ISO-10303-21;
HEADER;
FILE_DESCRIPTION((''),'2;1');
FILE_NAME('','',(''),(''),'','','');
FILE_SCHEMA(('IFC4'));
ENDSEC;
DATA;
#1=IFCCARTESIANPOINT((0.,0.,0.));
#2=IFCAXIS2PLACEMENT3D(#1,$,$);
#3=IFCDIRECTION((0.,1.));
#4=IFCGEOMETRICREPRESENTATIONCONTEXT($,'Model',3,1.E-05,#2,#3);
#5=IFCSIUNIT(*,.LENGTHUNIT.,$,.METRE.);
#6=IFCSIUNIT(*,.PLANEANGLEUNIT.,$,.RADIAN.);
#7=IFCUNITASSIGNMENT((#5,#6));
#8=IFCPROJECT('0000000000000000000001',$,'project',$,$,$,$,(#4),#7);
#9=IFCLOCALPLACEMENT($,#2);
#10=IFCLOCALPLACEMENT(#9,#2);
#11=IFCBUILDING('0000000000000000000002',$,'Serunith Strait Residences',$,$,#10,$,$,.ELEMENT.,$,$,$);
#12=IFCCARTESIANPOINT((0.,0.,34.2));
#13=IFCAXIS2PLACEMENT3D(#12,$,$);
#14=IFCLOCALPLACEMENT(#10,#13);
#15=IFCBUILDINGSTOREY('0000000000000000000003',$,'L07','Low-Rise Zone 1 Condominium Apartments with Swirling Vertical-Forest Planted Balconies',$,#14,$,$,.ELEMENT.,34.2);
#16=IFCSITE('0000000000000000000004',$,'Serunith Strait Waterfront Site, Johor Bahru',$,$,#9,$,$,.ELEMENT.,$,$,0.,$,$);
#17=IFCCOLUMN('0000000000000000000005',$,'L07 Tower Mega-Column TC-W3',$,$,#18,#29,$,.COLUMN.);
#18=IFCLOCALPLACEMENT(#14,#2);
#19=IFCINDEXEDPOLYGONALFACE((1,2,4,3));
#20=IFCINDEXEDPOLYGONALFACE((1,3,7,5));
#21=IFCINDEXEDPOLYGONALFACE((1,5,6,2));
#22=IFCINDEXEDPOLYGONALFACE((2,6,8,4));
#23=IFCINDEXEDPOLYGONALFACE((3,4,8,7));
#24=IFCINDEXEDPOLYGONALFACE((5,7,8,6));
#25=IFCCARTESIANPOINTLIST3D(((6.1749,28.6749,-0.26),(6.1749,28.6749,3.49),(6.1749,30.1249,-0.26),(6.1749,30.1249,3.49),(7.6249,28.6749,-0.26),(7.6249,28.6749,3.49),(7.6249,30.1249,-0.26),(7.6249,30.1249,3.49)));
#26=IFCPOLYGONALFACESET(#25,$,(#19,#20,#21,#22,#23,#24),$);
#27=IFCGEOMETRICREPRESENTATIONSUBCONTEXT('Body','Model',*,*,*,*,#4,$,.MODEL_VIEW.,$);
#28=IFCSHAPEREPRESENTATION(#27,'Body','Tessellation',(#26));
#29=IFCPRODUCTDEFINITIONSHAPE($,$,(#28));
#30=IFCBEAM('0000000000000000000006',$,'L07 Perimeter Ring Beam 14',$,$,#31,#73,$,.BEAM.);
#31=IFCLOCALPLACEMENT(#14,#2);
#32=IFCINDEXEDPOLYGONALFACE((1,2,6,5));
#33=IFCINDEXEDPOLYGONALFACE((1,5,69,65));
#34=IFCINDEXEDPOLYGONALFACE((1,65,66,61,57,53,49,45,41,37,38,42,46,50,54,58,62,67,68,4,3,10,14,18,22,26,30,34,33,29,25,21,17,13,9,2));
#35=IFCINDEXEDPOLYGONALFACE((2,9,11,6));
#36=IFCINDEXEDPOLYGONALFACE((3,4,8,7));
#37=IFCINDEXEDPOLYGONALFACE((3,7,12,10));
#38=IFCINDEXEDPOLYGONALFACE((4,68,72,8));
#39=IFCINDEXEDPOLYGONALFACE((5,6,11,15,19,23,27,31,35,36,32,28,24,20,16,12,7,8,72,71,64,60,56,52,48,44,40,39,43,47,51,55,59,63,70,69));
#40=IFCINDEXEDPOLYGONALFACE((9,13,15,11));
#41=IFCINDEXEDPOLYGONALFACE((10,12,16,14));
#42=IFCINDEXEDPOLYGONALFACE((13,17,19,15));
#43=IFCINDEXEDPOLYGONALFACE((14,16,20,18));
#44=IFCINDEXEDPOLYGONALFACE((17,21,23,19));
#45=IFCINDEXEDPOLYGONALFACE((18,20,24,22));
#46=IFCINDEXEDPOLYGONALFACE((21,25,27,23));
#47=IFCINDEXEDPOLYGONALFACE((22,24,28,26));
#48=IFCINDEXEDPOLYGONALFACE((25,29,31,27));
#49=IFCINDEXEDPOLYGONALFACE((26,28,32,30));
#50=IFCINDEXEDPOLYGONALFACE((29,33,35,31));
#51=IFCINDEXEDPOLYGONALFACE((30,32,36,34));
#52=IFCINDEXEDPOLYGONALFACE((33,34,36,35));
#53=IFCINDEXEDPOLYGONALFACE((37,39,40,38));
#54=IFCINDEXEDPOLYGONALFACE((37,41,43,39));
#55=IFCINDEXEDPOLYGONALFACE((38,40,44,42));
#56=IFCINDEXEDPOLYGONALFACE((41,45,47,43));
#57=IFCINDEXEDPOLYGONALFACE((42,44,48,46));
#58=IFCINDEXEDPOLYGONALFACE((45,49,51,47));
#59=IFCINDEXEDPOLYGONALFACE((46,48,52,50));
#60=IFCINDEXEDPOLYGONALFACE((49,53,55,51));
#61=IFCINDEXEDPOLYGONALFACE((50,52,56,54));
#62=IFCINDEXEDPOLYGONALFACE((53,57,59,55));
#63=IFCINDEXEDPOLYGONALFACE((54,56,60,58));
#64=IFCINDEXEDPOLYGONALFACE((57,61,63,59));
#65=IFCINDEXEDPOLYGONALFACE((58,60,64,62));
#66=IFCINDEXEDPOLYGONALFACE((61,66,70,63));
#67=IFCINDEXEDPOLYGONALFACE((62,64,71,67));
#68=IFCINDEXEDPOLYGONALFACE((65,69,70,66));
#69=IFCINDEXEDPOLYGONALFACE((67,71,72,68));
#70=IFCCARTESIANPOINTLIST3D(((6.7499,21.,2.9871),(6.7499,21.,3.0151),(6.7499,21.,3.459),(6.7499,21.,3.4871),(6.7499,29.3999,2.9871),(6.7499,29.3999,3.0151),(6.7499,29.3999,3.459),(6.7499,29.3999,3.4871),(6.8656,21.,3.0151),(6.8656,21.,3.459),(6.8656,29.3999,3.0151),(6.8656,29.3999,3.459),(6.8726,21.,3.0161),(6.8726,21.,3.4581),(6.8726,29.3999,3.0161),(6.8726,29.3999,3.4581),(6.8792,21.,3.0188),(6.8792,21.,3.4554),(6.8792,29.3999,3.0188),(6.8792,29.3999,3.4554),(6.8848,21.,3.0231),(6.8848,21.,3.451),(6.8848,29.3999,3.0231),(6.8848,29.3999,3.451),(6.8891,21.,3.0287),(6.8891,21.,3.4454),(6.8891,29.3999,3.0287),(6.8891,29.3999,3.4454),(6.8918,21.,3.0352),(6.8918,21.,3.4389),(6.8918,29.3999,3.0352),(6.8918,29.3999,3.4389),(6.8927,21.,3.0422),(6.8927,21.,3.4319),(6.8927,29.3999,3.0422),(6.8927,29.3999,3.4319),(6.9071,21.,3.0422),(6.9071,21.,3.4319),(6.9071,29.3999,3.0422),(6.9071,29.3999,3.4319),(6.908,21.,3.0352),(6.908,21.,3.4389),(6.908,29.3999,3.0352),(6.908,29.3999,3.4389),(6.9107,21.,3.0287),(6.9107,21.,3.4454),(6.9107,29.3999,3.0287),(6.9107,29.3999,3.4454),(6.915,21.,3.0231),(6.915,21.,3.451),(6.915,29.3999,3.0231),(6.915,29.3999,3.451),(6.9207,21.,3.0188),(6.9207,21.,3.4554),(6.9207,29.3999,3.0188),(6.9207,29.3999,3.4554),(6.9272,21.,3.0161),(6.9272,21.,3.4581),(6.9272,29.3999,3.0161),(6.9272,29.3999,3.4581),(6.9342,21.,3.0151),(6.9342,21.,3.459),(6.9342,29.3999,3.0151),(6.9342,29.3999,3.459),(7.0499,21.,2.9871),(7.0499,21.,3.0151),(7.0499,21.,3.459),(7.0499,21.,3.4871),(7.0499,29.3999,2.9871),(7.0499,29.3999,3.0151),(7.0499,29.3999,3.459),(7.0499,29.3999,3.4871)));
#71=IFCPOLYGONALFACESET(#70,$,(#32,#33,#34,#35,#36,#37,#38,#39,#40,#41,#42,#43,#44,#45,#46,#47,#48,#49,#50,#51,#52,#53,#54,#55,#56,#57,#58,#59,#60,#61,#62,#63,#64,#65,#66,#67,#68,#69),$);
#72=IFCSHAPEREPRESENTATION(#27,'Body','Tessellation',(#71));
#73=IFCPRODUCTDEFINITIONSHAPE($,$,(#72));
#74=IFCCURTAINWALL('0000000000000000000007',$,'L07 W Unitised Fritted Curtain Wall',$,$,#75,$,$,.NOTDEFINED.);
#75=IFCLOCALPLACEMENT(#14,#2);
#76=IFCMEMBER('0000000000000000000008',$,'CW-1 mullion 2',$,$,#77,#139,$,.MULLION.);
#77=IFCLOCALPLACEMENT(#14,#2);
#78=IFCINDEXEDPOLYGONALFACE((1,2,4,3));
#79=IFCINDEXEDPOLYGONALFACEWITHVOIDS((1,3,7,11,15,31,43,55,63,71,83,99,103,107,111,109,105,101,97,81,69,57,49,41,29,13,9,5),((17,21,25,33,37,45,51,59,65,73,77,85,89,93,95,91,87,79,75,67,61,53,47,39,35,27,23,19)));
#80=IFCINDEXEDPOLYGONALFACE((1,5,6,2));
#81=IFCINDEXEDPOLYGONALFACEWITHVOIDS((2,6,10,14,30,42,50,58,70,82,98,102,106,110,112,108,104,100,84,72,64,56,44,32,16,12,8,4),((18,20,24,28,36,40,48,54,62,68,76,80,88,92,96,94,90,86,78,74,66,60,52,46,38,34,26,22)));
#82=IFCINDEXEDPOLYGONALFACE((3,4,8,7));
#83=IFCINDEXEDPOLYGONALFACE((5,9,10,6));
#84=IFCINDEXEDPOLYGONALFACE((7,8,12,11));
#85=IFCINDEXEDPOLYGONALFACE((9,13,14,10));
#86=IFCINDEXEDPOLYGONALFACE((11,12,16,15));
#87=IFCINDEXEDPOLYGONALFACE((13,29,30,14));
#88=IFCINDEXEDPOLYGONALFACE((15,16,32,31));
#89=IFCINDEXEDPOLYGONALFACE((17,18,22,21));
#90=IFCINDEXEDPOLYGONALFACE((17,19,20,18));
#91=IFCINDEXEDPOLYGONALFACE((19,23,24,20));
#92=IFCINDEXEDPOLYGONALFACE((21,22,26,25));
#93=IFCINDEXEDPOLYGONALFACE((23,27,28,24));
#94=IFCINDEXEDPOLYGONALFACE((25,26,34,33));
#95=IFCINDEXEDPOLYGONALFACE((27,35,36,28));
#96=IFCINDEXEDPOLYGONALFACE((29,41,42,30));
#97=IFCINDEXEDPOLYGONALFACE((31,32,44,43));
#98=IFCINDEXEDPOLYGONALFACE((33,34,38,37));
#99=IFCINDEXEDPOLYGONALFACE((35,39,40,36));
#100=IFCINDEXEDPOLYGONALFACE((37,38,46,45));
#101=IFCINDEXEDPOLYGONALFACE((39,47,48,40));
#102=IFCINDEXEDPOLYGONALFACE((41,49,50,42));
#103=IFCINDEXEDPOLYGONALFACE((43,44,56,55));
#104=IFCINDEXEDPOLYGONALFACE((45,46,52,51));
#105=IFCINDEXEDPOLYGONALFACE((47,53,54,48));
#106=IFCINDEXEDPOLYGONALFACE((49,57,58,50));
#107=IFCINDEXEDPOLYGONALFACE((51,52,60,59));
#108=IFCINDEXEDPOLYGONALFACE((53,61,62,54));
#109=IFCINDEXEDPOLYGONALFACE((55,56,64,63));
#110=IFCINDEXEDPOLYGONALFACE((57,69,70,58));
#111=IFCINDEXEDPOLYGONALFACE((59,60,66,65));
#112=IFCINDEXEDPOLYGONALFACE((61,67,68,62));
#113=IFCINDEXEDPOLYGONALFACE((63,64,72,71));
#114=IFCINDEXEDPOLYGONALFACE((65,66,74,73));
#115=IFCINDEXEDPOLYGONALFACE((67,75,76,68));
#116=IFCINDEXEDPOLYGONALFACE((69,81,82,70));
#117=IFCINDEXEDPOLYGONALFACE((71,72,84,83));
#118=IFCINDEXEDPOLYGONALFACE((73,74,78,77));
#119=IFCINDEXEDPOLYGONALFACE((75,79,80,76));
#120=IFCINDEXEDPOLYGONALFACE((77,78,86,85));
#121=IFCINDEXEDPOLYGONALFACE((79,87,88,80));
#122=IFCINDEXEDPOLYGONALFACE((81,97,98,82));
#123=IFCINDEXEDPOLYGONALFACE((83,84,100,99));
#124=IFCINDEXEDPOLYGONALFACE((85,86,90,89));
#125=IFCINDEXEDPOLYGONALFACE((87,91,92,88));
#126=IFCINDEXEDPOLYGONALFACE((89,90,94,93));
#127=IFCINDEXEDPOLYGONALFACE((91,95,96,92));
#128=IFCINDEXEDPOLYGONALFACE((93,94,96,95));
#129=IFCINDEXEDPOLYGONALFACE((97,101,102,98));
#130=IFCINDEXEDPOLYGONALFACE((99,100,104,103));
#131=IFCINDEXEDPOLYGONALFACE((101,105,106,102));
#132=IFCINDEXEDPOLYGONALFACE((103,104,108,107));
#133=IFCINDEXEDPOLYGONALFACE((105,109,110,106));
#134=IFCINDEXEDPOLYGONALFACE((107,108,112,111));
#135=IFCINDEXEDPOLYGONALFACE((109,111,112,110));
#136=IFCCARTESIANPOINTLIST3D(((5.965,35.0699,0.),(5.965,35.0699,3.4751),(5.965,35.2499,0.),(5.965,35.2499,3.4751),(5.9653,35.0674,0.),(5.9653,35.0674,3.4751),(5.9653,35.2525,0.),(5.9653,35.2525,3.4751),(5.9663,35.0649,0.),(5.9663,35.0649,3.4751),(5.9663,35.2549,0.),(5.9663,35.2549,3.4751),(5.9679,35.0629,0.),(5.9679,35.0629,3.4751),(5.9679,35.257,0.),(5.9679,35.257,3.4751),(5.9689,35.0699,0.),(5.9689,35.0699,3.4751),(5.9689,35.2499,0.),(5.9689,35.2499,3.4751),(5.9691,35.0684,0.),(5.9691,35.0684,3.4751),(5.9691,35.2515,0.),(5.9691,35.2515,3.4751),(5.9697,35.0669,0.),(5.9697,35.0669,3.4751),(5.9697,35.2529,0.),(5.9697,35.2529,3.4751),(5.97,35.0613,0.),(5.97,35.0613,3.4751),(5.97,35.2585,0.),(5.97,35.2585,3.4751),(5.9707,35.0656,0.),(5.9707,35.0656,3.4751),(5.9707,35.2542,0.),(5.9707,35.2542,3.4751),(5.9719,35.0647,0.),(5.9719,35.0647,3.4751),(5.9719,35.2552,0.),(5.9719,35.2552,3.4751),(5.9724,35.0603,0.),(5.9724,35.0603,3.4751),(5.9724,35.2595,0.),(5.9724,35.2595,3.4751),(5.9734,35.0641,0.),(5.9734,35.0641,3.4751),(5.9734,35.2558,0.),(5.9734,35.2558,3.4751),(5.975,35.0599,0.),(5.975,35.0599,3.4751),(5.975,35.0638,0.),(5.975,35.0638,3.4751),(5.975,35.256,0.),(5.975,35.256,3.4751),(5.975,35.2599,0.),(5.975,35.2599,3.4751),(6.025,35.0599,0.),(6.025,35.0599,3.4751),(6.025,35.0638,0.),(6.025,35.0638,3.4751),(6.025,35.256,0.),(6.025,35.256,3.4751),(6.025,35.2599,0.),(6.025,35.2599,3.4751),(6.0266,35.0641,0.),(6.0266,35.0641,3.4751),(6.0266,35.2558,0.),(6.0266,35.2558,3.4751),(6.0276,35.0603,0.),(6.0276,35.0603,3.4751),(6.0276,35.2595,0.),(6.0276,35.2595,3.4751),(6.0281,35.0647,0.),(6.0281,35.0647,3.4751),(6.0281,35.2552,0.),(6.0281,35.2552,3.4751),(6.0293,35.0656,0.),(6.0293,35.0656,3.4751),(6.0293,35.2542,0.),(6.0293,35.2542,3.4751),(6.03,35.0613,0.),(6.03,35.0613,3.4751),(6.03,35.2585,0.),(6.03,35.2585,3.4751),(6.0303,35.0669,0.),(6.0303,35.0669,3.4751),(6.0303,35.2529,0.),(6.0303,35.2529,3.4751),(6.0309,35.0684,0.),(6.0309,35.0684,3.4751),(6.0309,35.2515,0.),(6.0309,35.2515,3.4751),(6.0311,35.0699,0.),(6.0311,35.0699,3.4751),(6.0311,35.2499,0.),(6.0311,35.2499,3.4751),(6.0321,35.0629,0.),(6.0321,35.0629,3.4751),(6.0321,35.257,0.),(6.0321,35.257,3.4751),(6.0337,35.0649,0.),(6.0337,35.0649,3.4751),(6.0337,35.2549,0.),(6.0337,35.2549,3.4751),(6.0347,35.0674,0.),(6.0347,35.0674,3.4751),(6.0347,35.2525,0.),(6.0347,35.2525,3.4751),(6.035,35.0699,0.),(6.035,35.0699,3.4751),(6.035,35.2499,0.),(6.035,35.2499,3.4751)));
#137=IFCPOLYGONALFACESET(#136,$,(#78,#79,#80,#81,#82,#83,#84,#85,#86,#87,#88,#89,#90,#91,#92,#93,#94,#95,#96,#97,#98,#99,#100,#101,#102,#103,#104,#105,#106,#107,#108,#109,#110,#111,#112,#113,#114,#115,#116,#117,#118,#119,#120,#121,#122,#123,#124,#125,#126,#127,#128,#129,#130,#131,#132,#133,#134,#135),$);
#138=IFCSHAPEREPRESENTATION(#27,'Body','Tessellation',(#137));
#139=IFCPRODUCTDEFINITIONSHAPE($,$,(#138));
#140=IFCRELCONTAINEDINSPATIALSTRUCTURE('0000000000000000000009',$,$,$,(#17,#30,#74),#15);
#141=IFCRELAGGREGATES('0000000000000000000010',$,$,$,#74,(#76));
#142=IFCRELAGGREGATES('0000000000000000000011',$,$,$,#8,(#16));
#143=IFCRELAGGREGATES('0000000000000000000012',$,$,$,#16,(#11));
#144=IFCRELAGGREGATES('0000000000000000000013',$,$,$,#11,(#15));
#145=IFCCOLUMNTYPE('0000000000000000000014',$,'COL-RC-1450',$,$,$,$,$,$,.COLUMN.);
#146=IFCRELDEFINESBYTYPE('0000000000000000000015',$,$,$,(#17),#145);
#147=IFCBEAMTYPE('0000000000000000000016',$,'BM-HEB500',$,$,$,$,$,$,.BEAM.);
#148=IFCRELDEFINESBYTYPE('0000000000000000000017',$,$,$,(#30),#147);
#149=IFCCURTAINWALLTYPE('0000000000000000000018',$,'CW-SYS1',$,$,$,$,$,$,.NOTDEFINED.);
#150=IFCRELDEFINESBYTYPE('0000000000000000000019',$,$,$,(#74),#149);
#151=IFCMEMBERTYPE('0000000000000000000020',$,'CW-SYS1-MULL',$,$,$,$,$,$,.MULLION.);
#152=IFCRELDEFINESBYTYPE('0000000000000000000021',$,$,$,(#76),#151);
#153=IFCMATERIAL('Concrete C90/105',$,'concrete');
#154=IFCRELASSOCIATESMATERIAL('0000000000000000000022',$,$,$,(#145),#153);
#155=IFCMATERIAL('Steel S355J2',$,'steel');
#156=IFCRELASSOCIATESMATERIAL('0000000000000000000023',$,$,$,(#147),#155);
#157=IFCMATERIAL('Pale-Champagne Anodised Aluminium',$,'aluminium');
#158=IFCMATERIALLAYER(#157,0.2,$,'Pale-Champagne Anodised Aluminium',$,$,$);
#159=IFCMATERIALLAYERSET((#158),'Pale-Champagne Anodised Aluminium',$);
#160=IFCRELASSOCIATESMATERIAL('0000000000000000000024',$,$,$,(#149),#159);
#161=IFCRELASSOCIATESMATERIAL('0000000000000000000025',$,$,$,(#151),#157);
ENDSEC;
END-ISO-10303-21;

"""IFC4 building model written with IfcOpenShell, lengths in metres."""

from ifc_helpers import new_model, si_unit, direction, frame, origin, origin_2d, place, context, subcontext, project, spatial, rectangle, hollow_rectangle, i_section, extrude, source, transform, mapped, material, layer, layer_set, material_profile, profile_set, type_object, element, aggregate, save


model = new_model("IFC4")

# Units and contexts
model_context = context("Model", 3, precision=1e-05, world=origin(), true_north=direction((0.0, 1.0)))
body_context = subcontext(model_context, "Body", "Model", "MODEL_VIEW")
ifc_project = project(units=[si_unit("LENGTHUNIT", "METRE"), si_unit("PLANEANGLEUNIT", "RADIAN")], contexts=[model_context])

# Site, building, storey
site_placement = place(None, origin())
site = spatial("IfcSite", under=ifc_project, at=site_placement, Name="Serunith Strait Waterfront Site, Johor Bahru", CompositionType="ELEMENT", RefElevation=0.0)
building_placement = place(site_placement, origin())
building = spatial("IfcBuilding", under=site, at=building_placement, Name="Serunith Strait Residences", CompositionType="ELEMENT")
storey_placement = place(building_placement, frame((0.0, 0.0, 34.2)))
storey = spatial("IfcBuildingStorey", under=building, at=storey_placement, Name="L07", Description="Low-Rise Zone 1 Condominium Apartments with Swirling Vertical-Forest Planted Balconies", CompositionType="ELEMENT", Elevation=34.2)

# Column
ifc_material_1 = material(Name="Concrete C90/105", Category="concrete")
ifc_material_profile_1 = material_profile(ifc_material_1, rectangle(XDim=1.45, YDim=1.45, at=origin_2d()), Name="RC 1450x1450")
ifc_profile_set_1 = profile_set([ifc_material_profile_1], Name="Concrete C90/105")
column_type = type_object("IfcColumnType", Name="COL-RC-1450", PredefinedType="COLUMN", material=ifc_profile_set_1)
shared_shape_1 = source(origin(), body_context, "Body", "SweptSolid", [
    extrude(rectangle(XDim=1.45, YDim=1.45, at=origin_2d()), origin(), (0.0, 0.0, 1.0), 3.75),
])
column_placement = place(storey_placement, frame((6.8999, 29.3999, -0.26), z_axis=(0.0, 0.0, 1.0), x_axis=(1.0, 0.0, 0.0)))
element("IfcColumn", 1, at=column_placement, inside=storey, type_object=column_type, Name="L07 Tower Mega-Column TC-W3", PredefinedType="COLUMN", context=body_context, shape_type="MappedRepresentation", body=[
    mapped(shared_shape_1, transform((0.0, 0.0, 0.0), scale=1.0)),
])

# Beam
ifc_material_2 = material(Name="Steel S355J2", Category="steel")
ifc_material_profile_2 = material_profile(ifc_material_2, i_section(OverallWidth=0.3, OverallDepth=0.5, WebThickness=0.0144, FlangeThickness=0.0281, FilletRadius=0.0271, at=origin_2d()), Name="HEB 500")
ifc_profile_set_2 = profile_set([ifc_material_profile_2], Name="Steel S355J2")
beam_type = type_object("IfcBeamType", Name="BM-HEB500", PredefinedType="BEAM", material=ifc_profile_set_2)
shared_shape_2 = source(origin(), body_context, "Body", "SweptSolid", [
    extrude(i_section(OverallWidth=0.3, OverallDepth=0.5, WebThickness=0.0144, FlangeThickness=0.0281, FilletRadius=0.0271, at=origin_2d()), origin(), (0.0, 0.0, 1.0), 8.3999),
])
beam_placement = place(storey_placement, frame((6.8999, 29.3999, 3.2371), z_axis=(0.0, -1.0, 0.0), x_axis=(1.0, 0.0, 0.0)))
element("IfcBeam", 2, at=beam_placement, inside=storey, type_object=beam_type, Name="L07 Perimeter Ring Beam 14", PredefinedType="BEAM", context=body_context, shape_type="MappedRepresentation", body=[
    mapped(shared_shape_2, transform((0.0, 0.0, 0.0), scale=1.0)),
])

# Curtain wall, member
ifc_material_3 = material(Name="Pale-Champagne Anodised Aluminium", Category="aluminium")
ifc_layer_1 = layer(ifc_material_3, 0.2, Name="Pale-Champagne Anodised Aluminium")
ifc_layer_set_1 = layer_set([ifc_layer_1], Name="Pale-Champagne Anodised Aluminium")
curtain_wall_type = type_object("IfcCurtainWallType", Name="CW-SYS1", PredefinedType="NOTDEFINED", material=ifc_layer_set_1)
curtain_wall_placement = place(storey_placement, origin())
curtain_wall = element("IfcCurtainWall", 3, at=curtain_wall_placement, inside=storey, type_object=curtain_wall_type, Name="L07 W Unitised Fritted Curtain Wall", PredefinedType="NOTDEFINED")
ifc_material_profile_3 = material_profile(ifc_material_3, hollow_rectangle(XDim=0.0701, YDim=0.2, WallThickness=0.0039, InnerFilletRadius=0.0061, OuterFilletRadius=0.01, at=origin_2d()), Name="ALU 200x70x4")
ifc_profile_set_3 = profile_set([ifc_material_profile_3], Name="Pale-Champagne Anodised Aluminium")
member_type_1 = type_object("IfcMemberType", Name="CW-SYS1-MULL", PredefinedType="MULLION", material=ifc_profile_set_3)
shared_shape_3 = source(origin(), body_context, "Body", "SweptSolid", [
    extrude(hollow_rectangle(XDim=0.0701, YDim=0.2, WallThickness=0.0039, InnerFilletRadius=0.0061, OuterFilletRadius=0.01, at=origin_2d()), origin(), (0.0, 0.0, 1.0), 3.4751),
])
member_1_placement = place(storey_placement, frame((6.0, 35.1599, 0.0), z_axis=(0.0, 0.0, 1.0), x_axis=(1.0, 0.0, 0.0)))
member_1 = element("IfcMember", 4, at=member_1_placement, type_object=member_type_1, Name="CW-1 mullion 2", PredefinedType="MULLION", context=body_context, shape_type="MappedRepresentation", body=[
    mapped(shared_shape_3, transform((0.0, 0.0, 0.0), scale=1.0)),
])
aggregate(curtain_wall, [member_1])

save(model, "model.ifc")
